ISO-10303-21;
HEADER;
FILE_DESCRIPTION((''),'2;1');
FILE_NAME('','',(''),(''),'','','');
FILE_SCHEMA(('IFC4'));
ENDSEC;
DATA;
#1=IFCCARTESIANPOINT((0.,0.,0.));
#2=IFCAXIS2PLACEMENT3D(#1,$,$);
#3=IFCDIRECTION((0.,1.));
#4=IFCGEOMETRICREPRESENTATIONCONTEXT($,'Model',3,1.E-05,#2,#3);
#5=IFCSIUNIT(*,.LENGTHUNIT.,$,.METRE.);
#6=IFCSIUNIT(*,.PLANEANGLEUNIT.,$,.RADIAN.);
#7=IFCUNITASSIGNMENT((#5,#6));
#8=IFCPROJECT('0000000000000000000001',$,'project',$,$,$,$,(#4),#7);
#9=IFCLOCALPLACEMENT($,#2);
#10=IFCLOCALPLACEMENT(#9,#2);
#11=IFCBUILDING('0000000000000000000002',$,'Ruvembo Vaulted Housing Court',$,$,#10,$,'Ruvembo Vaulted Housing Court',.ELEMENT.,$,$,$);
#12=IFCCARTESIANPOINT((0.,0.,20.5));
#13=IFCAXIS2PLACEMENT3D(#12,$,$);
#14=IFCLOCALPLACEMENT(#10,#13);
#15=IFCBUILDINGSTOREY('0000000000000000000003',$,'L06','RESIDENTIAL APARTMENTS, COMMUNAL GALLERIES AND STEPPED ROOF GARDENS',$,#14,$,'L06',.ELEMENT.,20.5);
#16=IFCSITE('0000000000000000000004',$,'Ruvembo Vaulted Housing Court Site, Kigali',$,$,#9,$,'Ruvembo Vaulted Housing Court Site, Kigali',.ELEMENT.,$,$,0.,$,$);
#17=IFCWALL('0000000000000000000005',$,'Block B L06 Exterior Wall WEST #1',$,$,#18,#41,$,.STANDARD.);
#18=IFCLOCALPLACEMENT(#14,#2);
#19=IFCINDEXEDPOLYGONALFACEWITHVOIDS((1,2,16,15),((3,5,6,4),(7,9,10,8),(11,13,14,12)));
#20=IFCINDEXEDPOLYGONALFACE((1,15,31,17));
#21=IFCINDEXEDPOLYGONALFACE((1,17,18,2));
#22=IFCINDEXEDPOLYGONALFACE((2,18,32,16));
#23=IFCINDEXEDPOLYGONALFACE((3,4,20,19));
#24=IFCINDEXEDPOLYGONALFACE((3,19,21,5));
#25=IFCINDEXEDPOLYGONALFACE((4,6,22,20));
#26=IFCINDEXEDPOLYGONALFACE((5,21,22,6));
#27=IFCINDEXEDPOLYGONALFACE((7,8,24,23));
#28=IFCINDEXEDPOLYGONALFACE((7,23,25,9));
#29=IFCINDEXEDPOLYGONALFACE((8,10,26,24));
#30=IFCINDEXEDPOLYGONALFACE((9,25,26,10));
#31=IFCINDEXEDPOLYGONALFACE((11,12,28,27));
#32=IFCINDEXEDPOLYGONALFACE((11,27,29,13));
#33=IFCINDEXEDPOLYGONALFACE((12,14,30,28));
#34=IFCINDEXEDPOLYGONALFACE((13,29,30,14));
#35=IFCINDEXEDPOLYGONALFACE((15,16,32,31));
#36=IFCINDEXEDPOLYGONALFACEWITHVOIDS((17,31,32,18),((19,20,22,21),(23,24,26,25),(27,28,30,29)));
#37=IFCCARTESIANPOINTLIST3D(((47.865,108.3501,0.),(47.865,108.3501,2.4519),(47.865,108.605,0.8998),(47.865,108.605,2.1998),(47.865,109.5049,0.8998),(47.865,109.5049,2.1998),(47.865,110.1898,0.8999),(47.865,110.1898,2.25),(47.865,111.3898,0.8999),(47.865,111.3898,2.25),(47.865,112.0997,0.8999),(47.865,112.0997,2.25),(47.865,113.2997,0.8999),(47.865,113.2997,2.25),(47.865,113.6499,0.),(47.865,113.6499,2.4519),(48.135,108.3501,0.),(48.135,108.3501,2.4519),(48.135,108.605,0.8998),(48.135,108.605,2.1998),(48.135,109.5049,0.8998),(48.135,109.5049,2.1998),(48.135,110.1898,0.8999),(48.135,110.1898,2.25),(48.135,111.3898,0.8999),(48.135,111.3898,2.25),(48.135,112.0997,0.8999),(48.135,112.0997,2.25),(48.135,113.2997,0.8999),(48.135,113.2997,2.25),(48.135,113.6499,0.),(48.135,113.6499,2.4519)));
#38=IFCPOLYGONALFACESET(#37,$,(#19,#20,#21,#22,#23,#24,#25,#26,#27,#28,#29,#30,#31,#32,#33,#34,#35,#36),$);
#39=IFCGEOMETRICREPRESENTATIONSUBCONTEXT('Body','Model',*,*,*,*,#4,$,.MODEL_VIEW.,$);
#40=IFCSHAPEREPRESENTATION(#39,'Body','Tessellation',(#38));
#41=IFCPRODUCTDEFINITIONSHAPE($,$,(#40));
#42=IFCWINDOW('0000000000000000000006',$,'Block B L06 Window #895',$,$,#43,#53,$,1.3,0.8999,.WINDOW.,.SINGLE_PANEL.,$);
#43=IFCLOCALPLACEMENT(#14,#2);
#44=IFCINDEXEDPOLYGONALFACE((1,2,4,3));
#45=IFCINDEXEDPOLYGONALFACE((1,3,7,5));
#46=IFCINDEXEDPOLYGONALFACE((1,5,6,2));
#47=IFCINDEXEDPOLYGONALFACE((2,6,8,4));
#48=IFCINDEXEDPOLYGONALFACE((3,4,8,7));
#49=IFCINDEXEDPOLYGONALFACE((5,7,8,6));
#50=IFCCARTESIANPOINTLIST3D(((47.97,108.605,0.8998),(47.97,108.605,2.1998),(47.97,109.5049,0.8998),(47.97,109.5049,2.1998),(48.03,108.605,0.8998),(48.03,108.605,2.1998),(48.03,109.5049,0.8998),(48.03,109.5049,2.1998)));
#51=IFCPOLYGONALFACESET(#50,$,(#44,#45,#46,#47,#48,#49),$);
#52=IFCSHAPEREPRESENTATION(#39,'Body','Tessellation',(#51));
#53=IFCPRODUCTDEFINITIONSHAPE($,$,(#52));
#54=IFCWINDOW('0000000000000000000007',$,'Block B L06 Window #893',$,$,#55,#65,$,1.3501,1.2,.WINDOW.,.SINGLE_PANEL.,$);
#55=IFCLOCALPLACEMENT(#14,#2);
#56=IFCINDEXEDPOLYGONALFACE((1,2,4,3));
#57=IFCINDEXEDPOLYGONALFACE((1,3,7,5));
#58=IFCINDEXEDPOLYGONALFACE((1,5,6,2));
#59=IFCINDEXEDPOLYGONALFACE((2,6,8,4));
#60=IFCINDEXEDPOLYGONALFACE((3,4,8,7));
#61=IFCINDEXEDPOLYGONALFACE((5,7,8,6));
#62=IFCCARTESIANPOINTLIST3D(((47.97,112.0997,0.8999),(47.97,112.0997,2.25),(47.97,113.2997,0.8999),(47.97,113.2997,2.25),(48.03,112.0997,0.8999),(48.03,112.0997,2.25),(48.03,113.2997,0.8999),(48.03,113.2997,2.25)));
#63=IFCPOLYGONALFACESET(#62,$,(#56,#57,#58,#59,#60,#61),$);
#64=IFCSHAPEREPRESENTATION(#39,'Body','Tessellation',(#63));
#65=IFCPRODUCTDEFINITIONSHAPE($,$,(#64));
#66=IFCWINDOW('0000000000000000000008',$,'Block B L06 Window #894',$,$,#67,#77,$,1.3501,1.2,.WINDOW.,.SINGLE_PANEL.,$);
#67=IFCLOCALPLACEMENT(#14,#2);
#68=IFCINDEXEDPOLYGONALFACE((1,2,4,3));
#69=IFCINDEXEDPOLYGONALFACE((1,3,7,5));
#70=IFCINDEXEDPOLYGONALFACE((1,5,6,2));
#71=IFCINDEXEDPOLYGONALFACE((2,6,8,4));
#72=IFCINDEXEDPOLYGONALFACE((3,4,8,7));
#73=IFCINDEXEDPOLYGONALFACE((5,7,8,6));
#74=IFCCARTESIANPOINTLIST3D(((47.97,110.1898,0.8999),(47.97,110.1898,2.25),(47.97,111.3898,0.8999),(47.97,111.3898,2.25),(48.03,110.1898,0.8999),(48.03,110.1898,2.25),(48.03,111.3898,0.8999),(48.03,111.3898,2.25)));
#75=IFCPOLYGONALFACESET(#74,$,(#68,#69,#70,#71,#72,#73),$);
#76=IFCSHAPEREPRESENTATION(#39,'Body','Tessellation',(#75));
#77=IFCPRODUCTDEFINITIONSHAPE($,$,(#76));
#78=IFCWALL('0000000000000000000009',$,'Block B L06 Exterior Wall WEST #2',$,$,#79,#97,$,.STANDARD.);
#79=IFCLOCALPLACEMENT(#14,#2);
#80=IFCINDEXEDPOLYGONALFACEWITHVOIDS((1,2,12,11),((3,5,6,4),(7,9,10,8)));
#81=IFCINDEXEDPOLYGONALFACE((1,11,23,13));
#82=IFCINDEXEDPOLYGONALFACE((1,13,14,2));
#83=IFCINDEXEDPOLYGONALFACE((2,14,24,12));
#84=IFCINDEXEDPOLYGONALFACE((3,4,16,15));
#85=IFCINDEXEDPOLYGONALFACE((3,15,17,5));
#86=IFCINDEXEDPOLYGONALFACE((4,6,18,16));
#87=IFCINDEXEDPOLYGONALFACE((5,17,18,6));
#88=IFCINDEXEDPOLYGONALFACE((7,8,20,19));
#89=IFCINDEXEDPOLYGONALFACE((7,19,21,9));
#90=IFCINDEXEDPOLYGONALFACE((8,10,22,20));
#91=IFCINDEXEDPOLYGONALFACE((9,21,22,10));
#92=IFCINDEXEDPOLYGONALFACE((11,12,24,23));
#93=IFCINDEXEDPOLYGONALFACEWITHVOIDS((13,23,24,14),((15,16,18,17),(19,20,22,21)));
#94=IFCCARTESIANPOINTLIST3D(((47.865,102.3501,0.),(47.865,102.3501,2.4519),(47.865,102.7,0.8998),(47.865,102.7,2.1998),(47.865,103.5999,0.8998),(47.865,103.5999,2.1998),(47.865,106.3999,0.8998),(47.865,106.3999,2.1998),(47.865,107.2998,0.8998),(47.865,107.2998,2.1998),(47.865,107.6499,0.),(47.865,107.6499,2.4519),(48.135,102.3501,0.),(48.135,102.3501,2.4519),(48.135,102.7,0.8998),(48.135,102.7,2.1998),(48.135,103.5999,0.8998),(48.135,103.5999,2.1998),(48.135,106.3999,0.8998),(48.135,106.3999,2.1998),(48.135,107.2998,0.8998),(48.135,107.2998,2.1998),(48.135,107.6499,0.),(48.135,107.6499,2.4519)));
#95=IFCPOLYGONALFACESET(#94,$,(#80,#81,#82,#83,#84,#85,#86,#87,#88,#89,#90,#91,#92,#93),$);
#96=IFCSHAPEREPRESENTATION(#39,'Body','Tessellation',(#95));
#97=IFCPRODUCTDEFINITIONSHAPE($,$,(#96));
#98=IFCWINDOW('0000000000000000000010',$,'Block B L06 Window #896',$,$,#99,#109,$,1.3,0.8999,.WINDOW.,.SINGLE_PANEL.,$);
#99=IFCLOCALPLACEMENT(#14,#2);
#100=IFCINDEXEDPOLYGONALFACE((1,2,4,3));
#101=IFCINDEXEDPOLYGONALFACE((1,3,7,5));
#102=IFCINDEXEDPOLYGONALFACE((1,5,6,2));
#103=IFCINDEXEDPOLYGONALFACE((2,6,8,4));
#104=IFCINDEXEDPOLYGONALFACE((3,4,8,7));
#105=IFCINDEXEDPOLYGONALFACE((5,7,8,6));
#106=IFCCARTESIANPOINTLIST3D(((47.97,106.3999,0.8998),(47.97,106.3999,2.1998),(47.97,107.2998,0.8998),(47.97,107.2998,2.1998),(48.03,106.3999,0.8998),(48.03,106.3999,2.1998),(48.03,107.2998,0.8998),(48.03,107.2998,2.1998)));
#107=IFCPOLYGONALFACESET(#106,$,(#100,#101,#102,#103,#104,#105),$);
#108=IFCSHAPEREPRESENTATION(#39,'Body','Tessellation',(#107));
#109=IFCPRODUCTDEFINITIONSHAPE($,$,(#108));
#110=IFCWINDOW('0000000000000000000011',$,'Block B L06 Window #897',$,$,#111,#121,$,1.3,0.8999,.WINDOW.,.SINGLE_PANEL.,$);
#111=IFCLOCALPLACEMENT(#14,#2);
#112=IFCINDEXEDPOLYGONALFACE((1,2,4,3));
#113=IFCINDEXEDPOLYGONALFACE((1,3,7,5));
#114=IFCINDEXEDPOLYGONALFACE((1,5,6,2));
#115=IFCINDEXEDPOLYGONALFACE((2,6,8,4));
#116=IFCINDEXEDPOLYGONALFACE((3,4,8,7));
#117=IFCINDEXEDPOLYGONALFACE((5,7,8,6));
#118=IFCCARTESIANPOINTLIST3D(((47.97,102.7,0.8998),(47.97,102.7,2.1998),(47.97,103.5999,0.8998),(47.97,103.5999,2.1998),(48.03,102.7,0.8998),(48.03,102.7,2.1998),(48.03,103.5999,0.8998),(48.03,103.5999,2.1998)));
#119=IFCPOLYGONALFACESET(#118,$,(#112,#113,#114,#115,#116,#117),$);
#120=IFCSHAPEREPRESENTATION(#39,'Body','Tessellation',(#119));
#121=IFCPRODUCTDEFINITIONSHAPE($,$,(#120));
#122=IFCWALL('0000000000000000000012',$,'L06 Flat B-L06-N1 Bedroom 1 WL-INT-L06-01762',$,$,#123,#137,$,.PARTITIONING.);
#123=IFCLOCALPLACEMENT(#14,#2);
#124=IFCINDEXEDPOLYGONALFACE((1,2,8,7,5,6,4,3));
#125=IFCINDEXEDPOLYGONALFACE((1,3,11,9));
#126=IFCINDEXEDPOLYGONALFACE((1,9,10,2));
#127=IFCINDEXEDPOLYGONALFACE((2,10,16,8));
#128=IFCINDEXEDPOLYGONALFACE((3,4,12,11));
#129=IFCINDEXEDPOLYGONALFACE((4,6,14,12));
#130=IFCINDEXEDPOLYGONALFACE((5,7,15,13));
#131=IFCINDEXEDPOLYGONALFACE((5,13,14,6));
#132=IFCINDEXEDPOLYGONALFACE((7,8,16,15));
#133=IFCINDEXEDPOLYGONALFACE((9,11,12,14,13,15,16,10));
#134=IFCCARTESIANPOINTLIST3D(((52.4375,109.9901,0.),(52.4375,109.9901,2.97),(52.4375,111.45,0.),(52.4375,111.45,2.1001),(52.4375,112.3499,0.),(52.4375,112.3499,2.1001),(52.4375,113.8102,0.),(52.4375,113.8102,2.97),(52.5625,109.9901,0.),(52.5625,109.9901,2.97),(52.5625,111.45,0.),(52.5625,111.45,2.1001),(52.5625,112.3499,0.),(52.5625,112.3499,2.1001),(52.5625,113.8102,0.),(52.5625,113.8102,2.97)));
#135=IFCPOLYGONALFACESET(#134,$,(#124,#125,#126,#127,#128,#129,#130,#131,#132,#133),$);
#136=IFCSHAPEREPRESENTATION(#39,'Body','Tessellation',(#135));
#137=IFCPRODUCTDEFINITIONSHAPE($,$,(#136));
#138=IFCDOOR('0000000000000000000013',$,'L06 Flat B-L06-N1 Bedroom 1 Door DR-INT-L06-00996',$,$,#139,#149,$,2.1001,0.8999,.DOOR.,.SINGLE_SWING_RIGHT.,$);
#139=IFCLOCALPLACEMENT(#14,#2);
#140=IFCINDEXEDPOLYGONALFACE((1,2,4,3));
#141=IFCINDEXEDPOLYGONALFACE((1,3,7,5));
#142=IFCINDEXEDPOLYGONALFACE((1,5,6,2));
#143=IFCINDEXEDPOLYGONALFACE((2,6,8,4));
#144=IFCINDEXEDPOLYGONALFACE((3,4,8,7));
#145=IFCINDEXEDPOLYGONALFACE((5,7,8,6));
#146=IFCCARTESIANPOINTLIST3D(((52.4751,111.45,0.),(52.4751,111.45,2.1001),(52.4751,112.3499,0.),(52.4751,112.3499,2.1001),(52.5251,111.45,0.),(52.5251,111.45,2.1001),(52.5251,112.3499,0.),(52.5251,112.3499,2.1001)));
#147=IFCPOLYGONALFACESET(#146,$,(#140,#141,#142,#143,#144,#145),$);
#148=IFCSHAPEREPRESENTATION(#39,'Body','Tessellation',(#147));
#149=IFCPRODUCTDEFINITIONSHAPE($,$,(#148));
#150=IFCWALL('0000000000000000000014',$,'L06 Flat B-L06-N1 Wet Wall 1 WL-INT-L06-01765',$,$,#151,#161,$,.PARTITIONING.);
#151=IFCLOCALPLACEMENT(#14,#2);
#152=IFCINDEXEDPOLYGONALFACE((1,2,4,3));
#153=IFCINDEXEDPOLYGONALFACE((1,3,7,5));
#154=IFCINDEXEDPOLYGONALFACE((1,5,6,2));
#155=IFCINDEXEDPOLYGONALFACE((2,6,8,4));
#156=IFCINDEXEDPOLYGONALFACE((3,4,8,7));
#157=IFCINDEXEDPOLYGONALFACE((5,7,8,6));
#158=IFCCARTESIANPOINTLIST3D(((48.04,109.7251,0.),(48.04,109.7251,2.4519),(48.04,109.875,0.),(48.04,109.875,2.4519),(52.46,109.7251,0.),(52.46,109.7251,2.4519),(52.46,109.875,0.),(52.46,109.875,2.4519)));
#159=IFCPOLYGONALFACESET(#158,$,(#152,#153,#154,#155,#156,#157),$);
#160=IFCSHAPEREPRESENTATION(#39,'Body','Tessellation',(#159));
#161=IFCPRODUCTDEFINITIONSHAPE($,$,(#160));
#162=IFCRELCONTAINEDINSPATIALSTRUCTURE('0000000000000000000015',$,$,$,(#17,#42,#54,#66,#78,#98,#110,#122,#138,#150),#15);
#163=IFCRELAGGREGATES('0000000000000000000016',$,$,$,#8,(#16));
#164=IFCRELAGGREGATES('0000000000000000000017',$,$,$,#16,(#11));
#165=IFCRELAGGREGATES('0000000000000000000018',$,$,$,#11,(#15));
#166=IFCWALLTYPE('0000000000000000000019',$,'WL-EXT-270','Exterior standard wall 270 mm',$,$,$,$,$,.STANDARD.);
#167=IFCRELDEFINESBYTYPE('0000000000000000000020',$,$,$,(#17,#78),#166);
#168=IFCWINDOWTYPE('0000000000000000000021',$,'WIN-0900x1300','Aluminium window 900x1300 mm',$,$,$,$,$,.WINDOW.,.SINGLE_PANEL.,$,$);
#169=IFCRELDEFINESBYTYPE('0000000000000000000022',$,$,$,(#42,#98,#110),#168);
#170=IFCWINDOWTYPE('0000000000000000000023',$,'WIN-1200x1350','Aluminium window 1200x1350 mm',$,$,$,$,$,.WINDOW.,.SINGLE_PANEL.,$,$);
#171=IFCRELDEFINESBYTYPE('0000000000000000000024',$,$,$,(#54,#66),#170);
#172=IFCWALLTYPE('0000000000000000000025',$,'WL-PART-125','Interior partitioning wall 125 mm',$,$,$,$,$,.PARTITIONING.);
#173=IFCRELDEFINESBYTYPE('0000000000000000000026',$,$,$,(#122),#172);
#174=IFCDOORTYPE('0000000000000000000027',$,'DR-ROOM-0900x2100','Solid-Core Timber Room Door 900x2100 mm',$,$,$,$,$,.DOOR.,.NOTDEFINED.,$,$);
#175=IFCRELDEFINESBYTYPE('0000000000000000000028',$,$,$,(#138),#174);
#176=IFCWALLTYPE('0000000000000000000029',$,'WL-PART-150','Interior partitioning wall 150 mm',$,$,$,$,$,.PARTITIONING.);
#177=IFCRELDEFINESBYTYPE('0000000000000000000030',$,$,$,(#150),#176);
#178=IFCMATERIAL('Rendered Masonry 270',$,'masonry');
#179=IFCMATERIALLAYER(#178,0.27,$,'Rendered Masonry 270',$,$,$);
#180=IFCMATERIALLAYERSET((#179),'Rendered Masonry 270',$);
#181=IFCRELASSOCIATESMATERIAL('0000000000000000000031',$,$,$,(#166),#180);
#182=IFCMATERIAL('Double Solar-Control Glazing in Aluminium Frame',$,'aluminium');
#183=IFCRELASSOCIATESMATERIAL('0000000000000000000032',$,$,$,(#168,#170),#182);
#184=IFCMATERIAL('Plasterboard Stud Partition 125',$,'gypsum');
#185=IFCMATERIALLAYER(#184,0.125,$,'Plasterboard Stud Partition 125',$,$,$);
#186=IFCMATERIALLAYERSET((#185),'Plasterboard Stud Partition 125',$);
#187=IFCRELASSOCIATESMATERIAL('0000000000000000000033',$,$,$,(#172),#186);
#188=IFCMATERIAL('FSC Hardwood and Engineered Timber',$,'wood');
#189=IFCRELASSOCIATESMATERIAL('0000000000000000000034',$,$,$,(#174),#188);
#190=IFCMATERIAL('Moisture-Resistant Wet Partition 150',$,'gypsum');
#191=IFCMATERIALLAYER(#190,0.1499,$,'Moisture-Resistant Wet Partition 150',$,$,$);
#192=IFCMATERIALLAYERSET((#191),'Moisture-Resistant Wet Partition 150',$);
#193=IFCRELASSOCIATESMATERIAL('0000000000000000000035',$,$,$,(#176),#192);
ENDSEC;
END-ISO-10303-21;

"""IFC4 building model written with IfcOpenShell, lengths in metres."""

from ifc_helpers import new_model, si_unit, direction, frame, frame_2d, origin, place, context, subcontext, project, spatial, rectangle, extrude, material, layer, layer_set, type_object, element, fill, save


model = new_model("IFC4")

# Units and contexts
model_context = context("Model", 3, precision=1e-05, world=origin(), true_north=direction((0.0, 1.0)))
body_context = subcontext(model_context, "Body", "Model", "MODEL_VIEW")
ifc_project = project(units=[si_unit("LENGTHUNIT", "METRE"), si_unit("PLANEANGLEUNIT", "RADIAN")], contexts=[model_context])

# Site, building, storey
site_placement = place(None, origin())
site = spatial("IfcSite", under=ifc_project, at=site_placement, Name="Ruvembo Vaulted Housing Court Site, Kigali", LongName="Ruvembo Vaulted Housing Court Site, Kigali", CompositionType="ELEMENT", RefElevation=0.0)
building_placement = place(site_placement, origin())
building = spatial("IfcBuilding", under=site, at=building_placement, Name="Ruvembo Vaulted Housing Court", LongName="Ruvembo Vaulted Housing Court", CompositionType="ELEMENT")
storey_placement = place(building_placement, frame((0.0, 0.0, 20.5)))
storey = spatial("IfcBuildingStorey", under=building, at=storey_placement, Name="L06", Description="RESIDENTIAL APARTMENTS, COMMUNAL GALLERIES AND STEPPED ROOF GARDENS", LongName="L06", CompositionType="ELEMENT", Elevation=20.5)

# Walls, openings, windows
ifc_material_1 = material(Name="Rendered Masonry 270", Category="masonry")
ifc_layer_1 = layer(ifc_material_1, 0.27, Name="Rendered Masonry 270")
ifc_layer_set_1 = layer_set([ifc_layer_1], Name="Rendered Masonry 270")
wall_type_1 = type_object("IfcWallType", Name="WL-EXT-270", Description="Exterior standard wall 270 mm", PredefinedType="STANDARD", material=ifc_layer_set_1)
ifc_material_2 = material(Name="Double Solar-Control Glazing in Aluminium Frame", Category="aluminium")
wall_1_placement = place(storey_placement, frame((48.0, 113.6499, 0.0), z_axis=(0.0, 0.0, 1.0), x_axis=(0.0, -1.0, 0.0)))
wall_1 = element("IfcWall", 1, at=wall_1_placement, inside=storey, type_object=wall_type_1, Name="Block B L06 Exterior Wall WEST #1", PredefinedType="STANDARD", context=body_context, shape_type="SweptSolid", body=[
    extrude(rectangle(XDim=5.2998, YDim=0.27, at=frame_2d((2.6499, 0.0))), origin(), (0.0, 0.0, 1.0), 2.4519),
])
opening_1_placement = place(wall_1_placement, frame((0.3501, 0.0, 0.8999)))
opening_1 = element("IfcOpeningElement", 2, at=opening_1_placement, cuts=wall_1, PredefinedType="OPENING", context=body_context, shape_type="SweptSolid", body=[
    extrude(rectangle(XDim=1.2, YDim=1.3501, at=frame_2d((0.6001, 0.675))), frame((0.0, 0.145, 0.0), z_axis=(0.0, -1.0, 0.0), x_axis=(1.0, 0.0, 0.0)), (0.0, 0.0, 1.0), 0.29),
])
opening_2_placement = place(wall_1_placement, frame((2.26, 0.0, 0.8999)))
opening_2 = element("IfcOpeningElement", 3, at=opening_2_placement, cuts=wall_1, PredefinedType="OPENING", context=body_context, shape_type="SweptSolid", body=[
    extrude(rectangle(XDim=1.2, YDim=1.3501, at=frame_2d((0.6001, 0.675))), frame((0.0, 0.145, 0.0), z_axis=(0.0, -1.0, 0.0), x_axis=(1.0, 0.0, 0.0)), (0.0, 0.0, 1.0), 0.29),
])
opening_3_placement = place(wall_1_placement, frame((4.145, 0.0, 0.8999)))
opening_3 = element("IfcOpeningElement", 4, at=opening_3_placement, cuts=wall_1, PredefinedType="OPENING", context=body_context, shape_type="SweptSolid", body=[
    extrude(rectangle(XDim=0.8999, YDim=1.3, at=frame_2d((0.45, 0.6499))), frame((0.0, 0.145, 0.0), z_axis=(0.0, -1.0, 0.0), x_axis=(1.0, 0.0, 0.0)), (0.0, 0.0, 1.0), 0.29),
])
window_type_1 = type_object("IfcWindowType", Name="WIN-0900x1300", Description="Aluminium window 900x1300 mm", PartitioningType="SINGLE_PANEL", PredefinedType="WINDOW", material=ifc_material_2)
window_1_placement = place(opening_3_placement, origin())
window_1 = element("IfcWindow", 5, at=window_1_placement, inside=storey, type_object=window_type_1, Name="Block B L06 Window #895", OverallHeight=1.3, OverallWidth=0.8999, PartitioningType="SINGLE_PANEL", PredefinedType="WINDOW", context=body_context, shape_type="SweptSolid", body=[
    extrude(rectangle(XDim=0.8999, YDim=1.3, at=frame_2d((0.45, 0.6499))), frame((0.0, 0.03, 0.0), z_axis=(0.0, -1.0, 0.0), x_axis=(1.0, 0.0, 0.0)), (0.0, 0.0, 1.0), 0.0601),
])
fill(opening_3, window_1)
window_type_2 = type_object("IfcWindowType", Name="WIN-1200x1350", Description="Aluminium window 1200x1350 mm", PartitioningType="SINGLE_PANEL", PredefinedType="WINDOW", material=ifc_material_2)
window_2_placement = place(opening_1_placement, origin())
window_2 = element("IfcWindow", 6, at=window_2_placement, inside=storey, type_object=window_type_2, Name="Block B L06 Window #893", OverallHeight=1.3501, OverallWidth=1.2, PartitioningType="SINGLE_PANEL", PredefinedType="WINDOW", context=body_context, shape_type="SweptSolid", body=[
    extrude(rectangle(XDim=1.2, YDim=1.3501, at=frame_2d((0.6001, 0.675))), frame((0.0, 0.03, 0.0), z_axis=(0.0, -1.0, 0.0), x_axis=(1.0, 0.0, 0.0)), (0.0, 0.0, 1.0), 0.0601),
])
fill(opening_1, window_2)
window_3_placement = place(opening_2_placement, origin())
window_3 = element("IfcWindow", 7, at=window_3_placement, inside=storey, type_object=window_type_2, Name="Block B L06 Window #894", OverallHeight=1.3501, OverallWidth=1.2, PartitioningType="SINGLE_PANEL", PredefinedType="WINDOW", context=body_context, shape_type="SweptSolid", body=[
    extrude(rectangle(XDim=1.2, YDim=1.3501, at=frame_2d((0.6001, 0.675))), frame((0.0, 0.03, 0.0), z_axis=(0.0, -1.0, 0.0), x_axis=(1.0, 0.0, 0.0)), (0.0, 0.0, 1.0), 0.0601),
])
fill(opening_2, window_3)
wall_2_placement = place(storey_placement, frame((48.0, 107.6499, 0.0), z_axis=(0.0, 0.0, 1.0), x_axis=(0.0, -1.0, 0.0)))
wall_2 = element("IfcWall", 8, at=wall_2_placement, inside=storey, type_object=wall_type_1, Name="Block B L06 Exterior Wall WEST #2", PredefinedType="STANDARD", context=body_context, shape_type="SweptSolid", body=[
    extrude(rectangle(XDim=5.2998, YDim=0.27, at=frame_2d((2.6499, 0.0))), origin(), (0.0, 0.0, 1.0), 2.4519),
])
opening_4_placement = place(wall_2_placement, frame((0.3501, 0.0, 0.8999)))
opening_4 = element("IfcOpeningElement", 9, at=opening_4_placement, cuts=wall_2, PredefinedType="OPENING", context=body_context, shape_type="SweptSolid", body=[
    extrude(rectangle(XDim=0.8999, YDim=1.3, at=frame_2d((0.45, 0.6499))), frame((0.0, 0.145, 0.0), z_axis=(0.0, -1.0, 0.0), x_axis=(1.0, 0.0, 0.0)), (0.0, 0.0, 1.0), 0.29),
])
opening_5_placement = place(wall_2_placement, frame((4.05, 0.0, 0.8999)))
opening_5 = element("IfcOpeningElement", 10, at=opening_5_placement, cuts=wall_2, PredefinedType="OPENING", context=body_context, shape_type="SweptSolid", body=[
    extrude(rectangle(XDim=0.8999, YDim=1.3, at=frame_2d((0.45, 0.6499))), frame((0.0, 0.145, 0.0), z_axis=(0.0, -1.0, 0.0), x_axis=(1.0, 0.0, 0.0)), (0.0, 0.0, 1.0), 0.29),
])
window_4_placement = place(opening_4_placement, origin())
window_4 = element("IfcWindow", 11, at=window_4_placement, inside=storey, type_object=window_type_1, Name="Block B L06 Window #896", OverallHeight=1.3, OverallWidth=0.8999, PartitioningType="SINGLE_PANEL", PredefinedType="WINDOW", context=body_context, shape_type="SweptSolid", body=[
    extrude(rectangle(XDim=0.8999, YDim=1.3, at=frame_2d((0.45, 0.6499))), frame((0.0, 0.03, 0.0), z_axis=(0.0, -1.0, 0.0), x_axis=(1.0, 0.0, 0.0)), (0.0, 0.0, 1.0), 0.0601),
])
fill(opening_4, window_4)
window_5_placement = place(opening_5_placement, origin())
window_5 = element("IfcWindow", 12, at=window_5_placement, inside=storey, type_object=window_type_1, Name="Block B L06 Window #897", OverallHeight=1.3, OverallWidth=0.8999, PartitioningType="SINGLE_PANEL", PredefinedType="WINDOW", context=body_context, shape_type="SweptSolid", body=[
    extrude(rectangle(XDim=0.8999, YDim=1.3, at=frame_2d((0.45, 0.6499))), frame((0.0, 0.03, 0.0), z_axis=(0.0, -1.0, 0.0), x_axis=(1.0, 0.0, 0.0)), (0.0, 0.0, 1.0), 0.0601),
])
fill(opening_5, window_5)

# Wall, opening, door
ifc_material_3 = material(Name="Plasterboard Stud Partition 125", Category="gypsum")
ifc_layer_2 = layer(ifc_material_3, 0.125, Name="Plasterboard Stud Partition 125")
ifc_layer_set_2 = layer_set([ifc_layer_2], Name="Plasterboard Stud Partition 125")
wall_type_2 = type_object("IfcWallType", Name="WL-PART-125", Description="Interior partitioning wall 125 mm", PredefinedType="PARTITIONING", material=ifc_layer_set_2)
wall_3_placement = place(storey_placement, frame((52.5, 109.99, 0.0), z_axis=(0.0, 0.0, 1.0), x_axis=(0.0, 1.0, 0.0)))
wall_3 = element("IfcWall", 13, at=wall_3_placement, inside=storey, type_object=wall_type_2, Name="L06 Flat B-L06-N1 Bedroom 1 WL-INT-L06-01762", PredefinedType="PARTITIONING", context=body_context, shape_type="SweptSolid", body=[
    extrude(rectangle(XDim=3.8201, YDim=0.125, at=frame_2d((1.9102, 0.0))), origin(), (0.0, 0.0, 1.0), 2.97),
])
opening_6_placement = place(wall_3_placement, frame((1.46, 0.0, 0.0)))
opening_6 = element("IfcOpeningElement", 14, at=opening_6_placement, cuts=wall_3, PredefinedType="OPENING", context=body_context, shape_type="SweptSolid", body=[
    extrude(rectangle(XDim=0.8999, YDim=2.1001, at=frame_2d((0.45, 1.05))), frame((0.0, 0.0725, 0.0), z_axis=(0.0, -1.0, 0.0), x_axis=(1.0, 0.0, 0.0)), (0.0, 0.0, 1.0), 0.145),
])
ifc_material_4 = material(Name="FSC Hardwood and Engineered Timber", Category="wood")
door_type = type_object("IfcDoorType", Name="DR-ROOM-0900x2100", Description="Solid-Core Timber Room Door 900x2100 mm", OperationType="NOTDEFINED", PredefinedType="DOOR", material=ifc_material_4)
door_placement = place(opening_6_placement, origin())
door = element("IfcDoor", 15, at=door_placement, inside=storey, type_object=door_type, Name="L06 Flat B-L06-N1 Bedroom 1 Door DR-INT-L06-00996", OperationType="SINGLE_SWING_RIGHT", OverallHeight=2.1001, OverallWidth=0.8999, PredefinedType="DOOR", context=body_context, shape_type="SweptSolid", body=[
    extrude(rectangle(XDim=0.8999, YDim=2.1001, at=frame_2d((0.45, 1.05))), frame((0.0, 0.0249, 0.0), z_axis=(0.0, -1.0, 0.0), x_axis=(1.0, 0.0, 0.0)), (0.0, 0.0, 1.0), 0.05),
])
fill(opening_6, door)

# Wall
ifc_material_5 = material(Name="Moisture-Resistant Wet Partition 150", Category="gypsum")
ifc_layer_3 = layer(ifc_material_5, 0.1499, Name="Moisture-Resistant Wet Partition 150")
ifc_layer_set_3 = layer_set([ifc_layer_3], Name="Moisture-Resistant Wet Partition 150")
wall_type_3 = type_object("IfcWallType", Name="WL-PART-150", Description="Interior partitioning wall 150 mm", PredefinedType="PARTITIONING", material=ifc_layer_set_3)
wall_4_placement = place(storey_placement, frame((48.04, 109.8, 0.0), z_axis=(0.0, 0.0, 1.0), x_axis=(1.0, 0.0, 0.0)))
element("IfcWall", 16, at=wall_4_placement, inside=storey, type_object=wall_type_3, Name="L06 Flat B-L06-N1 Wet Wall 1 WL-INT-L06-01765", PredefinedType="PARTITIONING", context=body_context, shape_type="SweptSolid", body=[
    extrude(rectangle(XDim=4.4199, YDim=0.1499, at=frame_2d((2.21, 0.0))), origin(), (0.0, 0.0, 1.0), 2.4519),
])

save(model, "model.ifc")
